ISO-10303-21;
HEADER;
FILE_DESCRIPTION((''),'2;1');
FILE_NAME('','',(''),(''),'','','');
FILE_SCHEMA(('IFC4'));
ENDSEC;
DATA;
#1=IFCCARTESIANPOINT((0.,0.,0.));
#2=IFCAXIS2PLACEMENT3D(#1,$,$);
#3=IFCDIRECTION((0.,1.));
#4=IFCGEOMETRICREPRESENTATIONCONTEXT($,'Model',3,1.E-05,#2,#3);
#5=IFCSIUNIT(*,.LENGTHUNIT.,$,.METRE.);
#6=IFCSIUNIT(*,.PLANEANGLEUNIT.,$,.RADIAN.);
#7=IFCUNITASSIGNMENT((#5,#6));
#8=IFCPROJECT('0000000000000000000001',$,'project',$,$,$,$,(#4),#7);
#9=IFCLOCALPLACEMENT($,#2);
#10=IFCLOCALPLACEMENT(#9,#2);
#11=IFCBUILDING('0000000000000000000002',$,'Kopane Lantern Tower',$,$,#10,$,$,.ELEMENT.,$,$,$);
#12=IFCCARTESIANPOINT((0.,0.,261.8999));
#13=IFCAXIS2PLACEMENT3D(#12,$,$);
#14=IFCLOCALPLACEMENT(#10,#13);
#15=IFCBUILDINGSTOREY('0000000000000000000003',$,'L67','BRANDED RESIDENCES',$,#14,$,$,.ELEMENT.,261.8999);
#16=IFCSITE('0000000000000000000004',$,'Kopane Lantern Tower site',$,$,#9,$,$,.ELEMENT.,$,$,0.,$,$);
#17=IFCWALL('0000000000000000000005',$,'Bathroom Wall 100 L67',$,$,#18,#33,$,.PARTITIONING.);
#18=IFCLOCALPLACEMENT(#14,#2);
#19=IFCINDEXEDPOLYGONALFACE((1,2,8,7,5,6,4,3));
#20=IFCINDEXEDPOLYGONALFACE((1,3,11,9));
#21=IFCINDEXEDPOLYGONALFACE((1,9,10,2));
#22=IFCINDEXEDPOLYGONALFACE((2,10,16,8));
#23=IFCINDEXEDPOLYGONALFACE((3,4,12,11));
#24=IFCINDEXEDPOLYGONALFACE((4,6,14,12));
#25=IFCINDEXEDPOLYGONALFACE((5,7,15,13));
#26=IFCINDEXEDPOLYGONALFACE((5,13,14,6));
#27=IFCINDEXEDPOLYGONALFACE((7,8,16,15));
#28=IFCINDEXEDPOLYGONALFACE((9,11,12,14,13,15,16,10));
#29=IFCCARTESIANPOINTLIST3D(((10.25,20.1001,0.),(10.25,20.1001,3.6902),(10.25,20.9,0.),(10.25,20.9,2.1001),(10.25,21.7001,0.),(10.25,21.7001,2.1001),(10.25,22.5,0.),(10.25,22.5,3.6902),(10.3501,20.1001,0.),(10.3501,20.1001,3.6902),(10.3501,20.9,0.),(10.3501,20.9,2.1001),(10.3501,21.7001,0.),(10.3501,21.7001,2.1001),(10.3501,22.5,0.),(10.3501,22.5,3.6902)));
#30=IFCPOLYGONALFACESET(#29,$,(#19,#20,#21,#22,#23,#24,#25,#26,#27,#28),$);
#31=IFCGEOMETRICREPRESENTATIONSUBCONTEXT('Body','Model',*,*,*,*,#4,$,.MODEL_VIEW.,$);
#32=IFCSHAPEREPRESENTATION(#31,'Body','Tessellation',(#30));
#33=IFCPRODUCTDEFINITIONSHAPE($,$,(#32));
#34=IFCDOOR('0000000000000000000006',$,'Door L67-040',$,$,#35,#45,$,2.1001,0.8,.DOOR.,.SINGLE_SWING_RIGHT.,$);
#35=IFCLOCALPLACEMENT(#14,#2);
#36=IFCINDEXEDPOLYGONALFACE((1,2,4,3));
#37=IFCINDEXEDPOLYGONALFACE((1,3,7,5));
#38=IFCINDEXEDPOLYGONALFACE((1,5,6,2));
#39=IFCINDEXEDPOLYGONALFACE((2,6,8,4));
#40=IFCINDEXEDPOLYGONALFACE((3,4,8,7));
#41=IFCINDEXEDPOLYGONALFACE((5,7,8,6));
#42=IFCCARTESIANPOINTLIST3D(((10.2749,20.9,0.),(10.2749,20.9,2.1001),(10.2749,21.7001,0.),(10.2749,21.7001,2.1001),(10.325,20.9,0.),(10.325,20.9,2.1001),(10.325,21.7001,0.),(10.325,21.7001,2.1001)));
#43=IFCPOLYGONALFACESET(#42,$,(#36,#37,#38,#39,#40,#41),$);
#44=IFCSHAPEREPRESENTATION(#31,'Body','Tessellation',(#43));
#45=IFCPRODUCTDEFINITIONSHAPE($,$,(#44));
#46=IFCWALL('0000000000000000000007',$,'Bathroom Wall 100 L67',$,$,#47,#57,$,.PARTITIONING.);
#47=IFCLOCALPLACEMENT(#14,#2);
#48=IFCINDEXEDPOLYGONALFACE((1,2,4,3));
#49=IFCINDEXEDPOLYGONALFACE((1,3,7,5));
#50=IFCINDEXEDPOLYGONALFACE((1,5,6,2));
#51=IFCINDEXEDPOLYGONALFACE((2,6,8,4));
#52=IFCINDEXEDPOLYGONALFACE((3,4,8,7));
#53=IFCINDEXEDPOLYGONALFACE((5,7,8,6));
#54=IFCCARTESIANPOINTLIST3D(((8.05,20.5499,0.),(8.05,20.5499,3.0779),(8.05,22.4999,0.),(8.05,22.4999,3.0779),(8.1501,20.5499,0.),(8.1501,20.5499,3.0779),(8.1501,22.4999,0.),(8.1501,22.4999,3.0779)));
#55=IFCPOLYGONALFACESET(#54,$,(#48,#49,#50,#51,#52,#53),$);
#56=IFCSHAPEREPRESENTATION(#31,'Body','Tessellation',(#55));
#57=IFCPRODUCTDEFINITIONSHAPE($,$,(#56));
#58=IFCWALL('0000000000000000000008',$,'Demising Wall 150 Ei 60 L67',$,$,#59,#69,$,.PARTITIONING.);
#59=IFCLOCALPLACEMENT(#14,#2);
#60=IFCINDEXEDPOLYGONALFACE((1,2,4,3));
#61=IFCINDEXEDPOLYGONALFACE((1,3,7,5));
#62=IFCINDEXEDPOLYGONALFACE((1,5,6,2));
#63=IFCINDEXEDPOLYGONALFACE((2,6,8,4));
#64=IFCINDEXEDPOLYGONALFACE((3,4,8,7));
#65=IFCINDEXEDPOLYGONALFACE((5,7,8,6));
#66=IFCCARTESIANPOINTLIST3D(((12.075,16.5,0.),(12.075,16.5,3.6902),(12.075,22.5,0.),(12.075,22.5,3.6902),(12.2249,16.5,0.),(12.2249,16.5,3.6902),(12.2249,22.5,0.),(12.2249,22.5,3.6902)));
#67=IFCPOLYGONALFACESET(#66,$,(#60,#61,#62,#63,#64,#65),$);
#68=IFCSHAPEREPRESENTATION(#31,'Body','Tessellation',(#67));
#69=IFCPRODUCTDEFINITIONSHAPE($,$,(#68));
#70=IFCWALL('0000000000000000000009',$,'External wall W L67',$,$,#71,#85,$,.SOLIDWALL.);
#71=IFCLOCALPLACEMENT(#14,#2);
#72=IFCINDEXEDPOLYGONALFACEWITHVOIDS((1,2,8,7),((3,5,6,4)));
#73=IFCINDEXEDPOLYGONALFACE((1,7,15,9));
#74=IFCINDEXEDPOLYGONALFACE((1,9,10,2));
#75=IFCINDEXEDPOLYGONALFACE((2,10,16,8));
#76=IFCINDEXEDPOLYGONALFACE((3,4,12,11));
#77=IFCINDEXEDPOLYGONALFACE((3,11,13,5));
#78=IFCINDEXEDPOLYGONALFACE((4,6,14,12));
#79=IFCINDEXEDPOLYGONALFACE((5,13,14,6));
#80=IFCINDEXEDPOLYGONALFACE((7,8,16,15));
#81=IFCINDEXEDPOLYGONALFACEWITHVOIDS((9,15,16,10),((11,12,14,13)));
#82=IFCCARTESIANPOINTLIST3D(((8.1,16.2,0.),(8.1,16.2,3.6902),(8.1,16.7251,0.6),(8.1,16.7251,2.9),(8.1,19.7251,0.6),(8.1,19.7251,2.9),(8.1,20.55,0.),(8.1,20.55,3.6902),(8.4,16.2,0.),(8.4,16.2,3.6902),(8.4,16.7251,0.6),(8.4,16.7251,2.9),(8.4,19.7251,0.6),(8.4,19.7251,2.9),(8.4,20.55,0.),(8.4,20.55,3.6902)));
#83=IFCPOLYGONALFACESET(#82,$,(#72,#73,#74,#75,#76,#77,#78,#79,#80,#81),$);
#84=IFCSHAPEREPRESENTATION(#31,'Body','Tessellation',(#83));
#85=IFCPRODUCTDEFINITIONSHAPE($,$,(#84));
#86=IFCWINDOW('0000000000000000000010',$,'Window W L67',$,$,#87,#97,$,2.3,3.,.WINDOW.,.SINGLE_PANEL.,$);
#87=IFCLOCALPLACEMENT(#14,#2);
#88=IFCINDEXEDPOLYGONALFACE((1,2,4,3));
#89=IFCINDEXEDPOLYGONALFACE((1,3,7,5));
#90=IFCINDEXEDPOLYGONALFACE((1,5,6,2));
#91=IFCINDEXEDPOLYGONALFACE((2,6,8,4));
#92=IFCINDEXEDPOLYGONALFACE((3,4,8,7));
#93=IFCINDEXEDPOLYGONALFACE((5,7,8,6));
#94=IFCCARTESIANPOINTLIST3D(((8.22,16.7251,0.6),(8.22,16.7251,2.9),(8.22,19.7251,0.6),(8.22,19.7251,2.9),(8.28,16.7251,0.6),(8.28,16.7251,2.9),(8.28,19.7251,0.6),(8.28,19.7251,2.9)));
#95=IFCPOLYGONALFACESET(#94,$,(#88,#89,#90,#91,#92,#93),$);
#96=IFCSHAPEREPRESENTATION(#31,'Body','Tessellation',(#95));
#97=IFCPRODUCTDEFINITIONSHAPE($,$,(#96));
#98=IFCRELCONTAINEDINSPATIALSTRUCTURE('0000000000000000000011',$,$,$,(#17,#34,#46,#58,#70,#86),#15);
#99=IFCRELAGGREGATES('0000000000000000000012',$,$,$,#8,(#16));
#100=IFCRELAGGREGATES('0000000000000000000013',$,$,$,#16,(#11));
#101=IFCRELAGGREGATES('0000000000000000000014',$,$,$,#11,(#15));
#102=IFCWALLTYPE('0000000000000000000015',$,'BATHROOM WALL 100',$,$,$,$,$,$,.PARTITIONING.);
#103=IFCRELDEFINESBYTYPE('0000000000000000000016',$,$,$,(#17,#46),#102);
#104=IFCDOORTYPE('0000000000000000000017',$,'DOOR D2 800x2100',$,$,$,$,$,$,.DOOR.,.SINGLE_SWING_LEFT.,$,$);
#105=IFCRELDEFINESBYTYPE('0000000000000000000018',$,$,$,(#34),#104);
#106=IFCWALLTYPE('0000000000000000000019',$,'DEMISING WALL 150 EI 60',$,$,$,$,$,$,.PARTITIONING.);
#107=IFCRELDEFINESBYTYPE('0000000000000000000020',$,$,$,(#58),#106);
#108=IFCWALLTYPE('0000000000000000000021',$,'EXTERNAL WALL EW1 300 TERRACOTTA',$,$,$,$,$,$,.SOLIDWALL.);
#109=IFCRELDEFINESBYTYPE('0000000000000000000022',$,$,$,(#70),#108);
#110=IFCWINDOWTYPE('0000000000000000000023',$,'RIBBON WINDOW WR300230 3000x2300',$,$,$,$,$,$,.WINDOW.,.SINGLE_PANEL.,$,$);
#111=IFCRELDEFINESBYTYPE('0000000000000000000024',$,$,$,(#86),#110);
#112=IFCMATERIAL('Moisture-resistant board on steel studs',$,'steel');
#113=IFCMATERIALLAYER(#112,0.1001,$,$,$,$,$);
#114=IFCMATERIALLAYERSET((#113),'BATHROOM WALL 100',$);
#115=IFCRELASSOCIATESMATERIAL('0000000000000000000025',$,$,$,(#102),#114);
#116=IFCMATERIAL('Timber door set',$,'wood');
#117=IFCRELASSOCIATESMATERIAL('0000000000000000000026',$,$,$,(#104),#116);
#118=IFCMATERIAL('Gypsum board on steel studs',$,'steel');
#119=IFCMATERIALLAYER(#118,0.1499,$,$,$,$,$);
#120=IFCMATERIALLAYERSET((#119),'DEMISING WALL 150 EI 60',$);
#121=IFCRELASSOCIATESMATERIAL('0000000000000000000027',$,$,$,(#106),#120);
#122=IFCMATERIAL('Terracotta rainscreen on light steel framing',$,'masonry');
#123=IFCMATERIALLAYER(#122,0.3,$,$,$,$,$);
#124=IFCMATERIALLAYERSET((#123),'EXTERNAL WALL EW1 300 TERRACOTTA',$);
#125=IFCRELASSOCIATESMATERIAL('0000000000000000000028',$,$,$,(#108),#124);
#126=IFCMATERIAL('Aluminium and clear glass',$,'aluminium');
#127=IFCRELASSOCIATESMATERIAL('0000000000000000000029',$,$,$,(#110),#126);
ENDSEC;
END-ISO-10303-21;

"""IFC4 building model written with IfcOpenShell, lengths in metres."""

from ifc_helpers import new_model, si_unit, direction, frame, frame_2d, origin, place, context, subcontext, project, spatial, rectangle, extrude, material, layer, layer_set, type_object, element, fill, save


model = new_model("IFC4")

# Units and contexts
model_context = context("Model", 3, precision=1e-05, world=origin(), true_north=direction((0.0, 1.0)))
body_context = subcontext(model_context, "Body", "Model", "MODEL_VIEW")
ifc_project = project(units=[si_unit("LENGTHUNIT", "METRE"), si_unit("PLANEANGLEUNIT", "RADIAN")], contexts=[model_context])

# Site, building, storey
site_placement = place(None, origin())
site = spatial("IfcSite", under=ifc_project, at=site_placement, Name="Kopane Lantern Tower site", CompositionType="ELEMENT", RefElevation=0.0)
building_placement = place(site_placement, origin())
building = spatial("IfcBuilding", under=site, at=building_placement, Name="Kopane Lantern Tower", CompositionType="ELEMENT")
storey_placement = place(building_placement, frame((0.0, 0.0, 261.8999)))
storey = spatial("IfcBuildingStorey", under=building, at=storey_placement, Name="L67", Description="BRANDED RESIDENCES", CompositionType="ELEMENT", Elevation=261.8999)

# Wall, opening, door
ifc_material_1 = material(Name="Moisture-resistant board on steel studs", Category="steel")
ifc_layer_1 = layer(ifc_material_1, 0.1001)
ifc_layer_set_1 = layer_set([ifc_layer_1], Name="BATHROOM WALL 100")
wall_type_1 = type_object("IfcWallType", Name="BATHROOM WALL 100", PredefinedType="PARTITIONING", material=ifc_layer_set_1)
wall_1_placement = place(storey_placement, frame((10.3, 22.5, 0.0), z_axis=(0.0, 0.0, 1.0), x_axis=(0.0, -1.0, 0.0)))
wall_1 = element("IfcWall", 1, at=wall_1_placement, inside=storey, type_object=wall_type_1, Name="Bathroom Wall 100 L67", PredefinedType="PARTITIONING", context=body_context, shape_type="SweptSolid", body=[
    extrude(rectangle(XDim=2.3999, YDim=0.1001, at=frame_2d((1.2, 0.0))), origin(), (0.0, 0.0, 1.0), 3.6902),
])
opening_1_placement = place(wall_1_placement, frame((0.8, 0.0, 0.0)))
opening_1 = element("IfcOpeningElement", 2, at=opening_1_placement, cuts=wall_1, PredefinedType="OPENING", context=body_context, shape_type="SweptSolid", body=[
    extrude(rectangle(XDim=0.8, YDim=2.1001, at=frame_2d((0.3999, 1.05))), frame((0.0, 0.0601, 0.0), z_axis=(0.0, -1.0, 0.0), x_axis=(1.0, 0.0, 0.0)), (0.0, 0.0, 1.0), 0.1201),
])
ifc_material_2 = material(Name="Timber door set", Category="wood")
door_type = type_object("IfcDoorType", Name="DOOR D2 800x2100", OperationType="SINGLE_SWING_LEFT", PredefinedType="DOOR", material=ifc_material_2)
door_placement = place(opening_1_placement, origin())
door = element("IfcDoor", 3, at=door_placement, inside=storey, type_object=door_type, Name="Door L67-040", OperationType="SINGLE_SWING_RIGHT", OverallHeight=2.1001, OverallWidth=0.8, PredefinedType="DOOR", context=body_context, shape_type="SweptSolid", body=[
    extrude(rectangle(XDim=0.8, YDim=2.1001, at=frame_2d((0.3999, 1.05))), frame((0.0, 0.0249, 0.0), z_axis=(0.0, -1.0, 0.0), x_axis=(1.0, 0.0, 0.0)), (0.0, 0.0, 1.0), 0.05),
])
fill(opening_1, door)

# Walls
wall_2_placement = place(storey_placement, frame((8.1001, 22.5, 0.0), z_axis=(0.0, 0.0, 1.0), x_axis=(0.0, -1.0, 0.0)))
element("IfcWall", 4, at=wall_2_placement, inside=storey, type_object=wall_type_1, Name="Bathroom Wall 100 L67", PredefinedType="PARTITIONING", context=body_context, shape_type="SweptSolid", body=[
    extrude(rectangle(XDim=1.95, YDim=0.1001, at=frame_2d((0.9751, 0.0))), origin(), (0.0, 0.0, 1.0), 3.0779),
])
ifc_material_3 = material(Name="Gypsum board on steel studs", Category="steel")
ifc_layer_2 = layer(ifc_material_3, 0.1499)
ifc_layer_set_2 = layer_set([ifc_layer_2], Name="DEMISING WALL 150 EI 60")
wall_type_2 = type_object("IfcWallType", Name="DEMISING WALL 150 EI 60", PredefinedType="PARTITIONING", material=ifc_layer_set_2)
wall_3_placement = place(storey_placement, frame((12.1499, 22.5, 0.0), z_axis=(0.0, 0.0, 1.0), x_axis=(0.0, -1.0, 0.0)))
element("IfcWall", 5, at=wall_3_placement, inside=storey, type_object=wall_type_2, Name="Demising Wall 150 Ei 60 L67", PredefinedType="PARTITIONING", context=body_context, shape_type="SweptSolid", body=[
    extrude(rectangle(XDim=6.0, YDim=0.1499, at=frame_2d((3.0, 0.0))), origin(), (0.0, 0.0, 1.0), 3.6902),
])

# Shared definitions
ifc_material_4 = material(Name="Terracotta rainscreen on light steel framing", Category="masonry")
ifc_layer_3 = layer(ifc_material_4, 0.3)
ifc_layer_set_3 = layer_set([ifc_layer_3], Name="EXTERNAL WALL EW1 300 TERRACOTTA")
wall_type_3 = type_object("IfcWallType", Name="EXTERNAL WALL EW1 300 TERRACOTTA", PredefinedType="SOLIDWALL", material=ifc_layer_set_3)

# Wall, opening, window
wall_4_placement = place(storey_placement, frame((8.25, 20.55, 0.0), z_axis=(0.0, 0.0, 1.0), x_axis=(0.0, -1.0, 0.0)))
wall_4 = element("IfcWall", 6, at=wall_4_placement, inside=storey, type_object=wall_type_3, Name="External wall W L67", PredefinedType="SOLIDWALL", context=body_context, shape_type="SweptSolid", body=[
    extrude(rectangle(XDim=4.3501, YDim=0.3, at=frame_2d((2.175, 0.0))), origin(), (0.0, 0.0, 1.0), 3.6902),
])
opening_2_placement = place(wall_4_placement, frame((0.825, 0.0, 0.6001)))
opening_2 = element("IfcOpeningElement", 7, at=opening_2_placement, cuts=wall_4, PredefinedType="OPENING", context=body_context, shape_type="SweptSolid", body=[
    extrude(rectangle(XDim=3.0, YDim=2.3, at=frame_2d((1.5, 1.1499))), frame((0.0, 0.1599, 0.0), z_axis=(0.0, -1.0, 0.0), x_axis=(1.0, 0.0, 0.0)), (0.0, 0.0, 1.0), 0.3201),
])
ifc_material_5 = material(Name="Aluminium and clear glass", Category="aluminium")
window_type_1 = type_object("IfcWindowType", Name="RIBBON WINDOW WR300230 3000x2300", PartitioningType="SINGLE_PANEL", PredefinedType="WINDOW", material=ifc_material_5)
window_1_placement = place(opening_2_placement, origin())
window_1 = element("IfcWindow", 8, at=window_1_placement, inside=storey, type_object=window_type_1, Name="Window W L67", OverallHeight=2.3, OverallWidth=3.0, PartitioningType="SINGLE_PANEL", PredefinedType="WINDOW", context=body_context, shape_type="SweptSolid", body=[
    extrude(rectangle(XDim=3.0, YDim=2.3, at=frame_2d((1.5, 1.1499))), frame((0.0, 0.03, 0.0), z_axis=(0.0, -1.0, 0.0), x_axis=(1.0, 0.0, 0.0)), (0.0, 0.0, 1.0), 0.0601),
])
fill(opening_2, window_1)

save(model, "model.ifc")
